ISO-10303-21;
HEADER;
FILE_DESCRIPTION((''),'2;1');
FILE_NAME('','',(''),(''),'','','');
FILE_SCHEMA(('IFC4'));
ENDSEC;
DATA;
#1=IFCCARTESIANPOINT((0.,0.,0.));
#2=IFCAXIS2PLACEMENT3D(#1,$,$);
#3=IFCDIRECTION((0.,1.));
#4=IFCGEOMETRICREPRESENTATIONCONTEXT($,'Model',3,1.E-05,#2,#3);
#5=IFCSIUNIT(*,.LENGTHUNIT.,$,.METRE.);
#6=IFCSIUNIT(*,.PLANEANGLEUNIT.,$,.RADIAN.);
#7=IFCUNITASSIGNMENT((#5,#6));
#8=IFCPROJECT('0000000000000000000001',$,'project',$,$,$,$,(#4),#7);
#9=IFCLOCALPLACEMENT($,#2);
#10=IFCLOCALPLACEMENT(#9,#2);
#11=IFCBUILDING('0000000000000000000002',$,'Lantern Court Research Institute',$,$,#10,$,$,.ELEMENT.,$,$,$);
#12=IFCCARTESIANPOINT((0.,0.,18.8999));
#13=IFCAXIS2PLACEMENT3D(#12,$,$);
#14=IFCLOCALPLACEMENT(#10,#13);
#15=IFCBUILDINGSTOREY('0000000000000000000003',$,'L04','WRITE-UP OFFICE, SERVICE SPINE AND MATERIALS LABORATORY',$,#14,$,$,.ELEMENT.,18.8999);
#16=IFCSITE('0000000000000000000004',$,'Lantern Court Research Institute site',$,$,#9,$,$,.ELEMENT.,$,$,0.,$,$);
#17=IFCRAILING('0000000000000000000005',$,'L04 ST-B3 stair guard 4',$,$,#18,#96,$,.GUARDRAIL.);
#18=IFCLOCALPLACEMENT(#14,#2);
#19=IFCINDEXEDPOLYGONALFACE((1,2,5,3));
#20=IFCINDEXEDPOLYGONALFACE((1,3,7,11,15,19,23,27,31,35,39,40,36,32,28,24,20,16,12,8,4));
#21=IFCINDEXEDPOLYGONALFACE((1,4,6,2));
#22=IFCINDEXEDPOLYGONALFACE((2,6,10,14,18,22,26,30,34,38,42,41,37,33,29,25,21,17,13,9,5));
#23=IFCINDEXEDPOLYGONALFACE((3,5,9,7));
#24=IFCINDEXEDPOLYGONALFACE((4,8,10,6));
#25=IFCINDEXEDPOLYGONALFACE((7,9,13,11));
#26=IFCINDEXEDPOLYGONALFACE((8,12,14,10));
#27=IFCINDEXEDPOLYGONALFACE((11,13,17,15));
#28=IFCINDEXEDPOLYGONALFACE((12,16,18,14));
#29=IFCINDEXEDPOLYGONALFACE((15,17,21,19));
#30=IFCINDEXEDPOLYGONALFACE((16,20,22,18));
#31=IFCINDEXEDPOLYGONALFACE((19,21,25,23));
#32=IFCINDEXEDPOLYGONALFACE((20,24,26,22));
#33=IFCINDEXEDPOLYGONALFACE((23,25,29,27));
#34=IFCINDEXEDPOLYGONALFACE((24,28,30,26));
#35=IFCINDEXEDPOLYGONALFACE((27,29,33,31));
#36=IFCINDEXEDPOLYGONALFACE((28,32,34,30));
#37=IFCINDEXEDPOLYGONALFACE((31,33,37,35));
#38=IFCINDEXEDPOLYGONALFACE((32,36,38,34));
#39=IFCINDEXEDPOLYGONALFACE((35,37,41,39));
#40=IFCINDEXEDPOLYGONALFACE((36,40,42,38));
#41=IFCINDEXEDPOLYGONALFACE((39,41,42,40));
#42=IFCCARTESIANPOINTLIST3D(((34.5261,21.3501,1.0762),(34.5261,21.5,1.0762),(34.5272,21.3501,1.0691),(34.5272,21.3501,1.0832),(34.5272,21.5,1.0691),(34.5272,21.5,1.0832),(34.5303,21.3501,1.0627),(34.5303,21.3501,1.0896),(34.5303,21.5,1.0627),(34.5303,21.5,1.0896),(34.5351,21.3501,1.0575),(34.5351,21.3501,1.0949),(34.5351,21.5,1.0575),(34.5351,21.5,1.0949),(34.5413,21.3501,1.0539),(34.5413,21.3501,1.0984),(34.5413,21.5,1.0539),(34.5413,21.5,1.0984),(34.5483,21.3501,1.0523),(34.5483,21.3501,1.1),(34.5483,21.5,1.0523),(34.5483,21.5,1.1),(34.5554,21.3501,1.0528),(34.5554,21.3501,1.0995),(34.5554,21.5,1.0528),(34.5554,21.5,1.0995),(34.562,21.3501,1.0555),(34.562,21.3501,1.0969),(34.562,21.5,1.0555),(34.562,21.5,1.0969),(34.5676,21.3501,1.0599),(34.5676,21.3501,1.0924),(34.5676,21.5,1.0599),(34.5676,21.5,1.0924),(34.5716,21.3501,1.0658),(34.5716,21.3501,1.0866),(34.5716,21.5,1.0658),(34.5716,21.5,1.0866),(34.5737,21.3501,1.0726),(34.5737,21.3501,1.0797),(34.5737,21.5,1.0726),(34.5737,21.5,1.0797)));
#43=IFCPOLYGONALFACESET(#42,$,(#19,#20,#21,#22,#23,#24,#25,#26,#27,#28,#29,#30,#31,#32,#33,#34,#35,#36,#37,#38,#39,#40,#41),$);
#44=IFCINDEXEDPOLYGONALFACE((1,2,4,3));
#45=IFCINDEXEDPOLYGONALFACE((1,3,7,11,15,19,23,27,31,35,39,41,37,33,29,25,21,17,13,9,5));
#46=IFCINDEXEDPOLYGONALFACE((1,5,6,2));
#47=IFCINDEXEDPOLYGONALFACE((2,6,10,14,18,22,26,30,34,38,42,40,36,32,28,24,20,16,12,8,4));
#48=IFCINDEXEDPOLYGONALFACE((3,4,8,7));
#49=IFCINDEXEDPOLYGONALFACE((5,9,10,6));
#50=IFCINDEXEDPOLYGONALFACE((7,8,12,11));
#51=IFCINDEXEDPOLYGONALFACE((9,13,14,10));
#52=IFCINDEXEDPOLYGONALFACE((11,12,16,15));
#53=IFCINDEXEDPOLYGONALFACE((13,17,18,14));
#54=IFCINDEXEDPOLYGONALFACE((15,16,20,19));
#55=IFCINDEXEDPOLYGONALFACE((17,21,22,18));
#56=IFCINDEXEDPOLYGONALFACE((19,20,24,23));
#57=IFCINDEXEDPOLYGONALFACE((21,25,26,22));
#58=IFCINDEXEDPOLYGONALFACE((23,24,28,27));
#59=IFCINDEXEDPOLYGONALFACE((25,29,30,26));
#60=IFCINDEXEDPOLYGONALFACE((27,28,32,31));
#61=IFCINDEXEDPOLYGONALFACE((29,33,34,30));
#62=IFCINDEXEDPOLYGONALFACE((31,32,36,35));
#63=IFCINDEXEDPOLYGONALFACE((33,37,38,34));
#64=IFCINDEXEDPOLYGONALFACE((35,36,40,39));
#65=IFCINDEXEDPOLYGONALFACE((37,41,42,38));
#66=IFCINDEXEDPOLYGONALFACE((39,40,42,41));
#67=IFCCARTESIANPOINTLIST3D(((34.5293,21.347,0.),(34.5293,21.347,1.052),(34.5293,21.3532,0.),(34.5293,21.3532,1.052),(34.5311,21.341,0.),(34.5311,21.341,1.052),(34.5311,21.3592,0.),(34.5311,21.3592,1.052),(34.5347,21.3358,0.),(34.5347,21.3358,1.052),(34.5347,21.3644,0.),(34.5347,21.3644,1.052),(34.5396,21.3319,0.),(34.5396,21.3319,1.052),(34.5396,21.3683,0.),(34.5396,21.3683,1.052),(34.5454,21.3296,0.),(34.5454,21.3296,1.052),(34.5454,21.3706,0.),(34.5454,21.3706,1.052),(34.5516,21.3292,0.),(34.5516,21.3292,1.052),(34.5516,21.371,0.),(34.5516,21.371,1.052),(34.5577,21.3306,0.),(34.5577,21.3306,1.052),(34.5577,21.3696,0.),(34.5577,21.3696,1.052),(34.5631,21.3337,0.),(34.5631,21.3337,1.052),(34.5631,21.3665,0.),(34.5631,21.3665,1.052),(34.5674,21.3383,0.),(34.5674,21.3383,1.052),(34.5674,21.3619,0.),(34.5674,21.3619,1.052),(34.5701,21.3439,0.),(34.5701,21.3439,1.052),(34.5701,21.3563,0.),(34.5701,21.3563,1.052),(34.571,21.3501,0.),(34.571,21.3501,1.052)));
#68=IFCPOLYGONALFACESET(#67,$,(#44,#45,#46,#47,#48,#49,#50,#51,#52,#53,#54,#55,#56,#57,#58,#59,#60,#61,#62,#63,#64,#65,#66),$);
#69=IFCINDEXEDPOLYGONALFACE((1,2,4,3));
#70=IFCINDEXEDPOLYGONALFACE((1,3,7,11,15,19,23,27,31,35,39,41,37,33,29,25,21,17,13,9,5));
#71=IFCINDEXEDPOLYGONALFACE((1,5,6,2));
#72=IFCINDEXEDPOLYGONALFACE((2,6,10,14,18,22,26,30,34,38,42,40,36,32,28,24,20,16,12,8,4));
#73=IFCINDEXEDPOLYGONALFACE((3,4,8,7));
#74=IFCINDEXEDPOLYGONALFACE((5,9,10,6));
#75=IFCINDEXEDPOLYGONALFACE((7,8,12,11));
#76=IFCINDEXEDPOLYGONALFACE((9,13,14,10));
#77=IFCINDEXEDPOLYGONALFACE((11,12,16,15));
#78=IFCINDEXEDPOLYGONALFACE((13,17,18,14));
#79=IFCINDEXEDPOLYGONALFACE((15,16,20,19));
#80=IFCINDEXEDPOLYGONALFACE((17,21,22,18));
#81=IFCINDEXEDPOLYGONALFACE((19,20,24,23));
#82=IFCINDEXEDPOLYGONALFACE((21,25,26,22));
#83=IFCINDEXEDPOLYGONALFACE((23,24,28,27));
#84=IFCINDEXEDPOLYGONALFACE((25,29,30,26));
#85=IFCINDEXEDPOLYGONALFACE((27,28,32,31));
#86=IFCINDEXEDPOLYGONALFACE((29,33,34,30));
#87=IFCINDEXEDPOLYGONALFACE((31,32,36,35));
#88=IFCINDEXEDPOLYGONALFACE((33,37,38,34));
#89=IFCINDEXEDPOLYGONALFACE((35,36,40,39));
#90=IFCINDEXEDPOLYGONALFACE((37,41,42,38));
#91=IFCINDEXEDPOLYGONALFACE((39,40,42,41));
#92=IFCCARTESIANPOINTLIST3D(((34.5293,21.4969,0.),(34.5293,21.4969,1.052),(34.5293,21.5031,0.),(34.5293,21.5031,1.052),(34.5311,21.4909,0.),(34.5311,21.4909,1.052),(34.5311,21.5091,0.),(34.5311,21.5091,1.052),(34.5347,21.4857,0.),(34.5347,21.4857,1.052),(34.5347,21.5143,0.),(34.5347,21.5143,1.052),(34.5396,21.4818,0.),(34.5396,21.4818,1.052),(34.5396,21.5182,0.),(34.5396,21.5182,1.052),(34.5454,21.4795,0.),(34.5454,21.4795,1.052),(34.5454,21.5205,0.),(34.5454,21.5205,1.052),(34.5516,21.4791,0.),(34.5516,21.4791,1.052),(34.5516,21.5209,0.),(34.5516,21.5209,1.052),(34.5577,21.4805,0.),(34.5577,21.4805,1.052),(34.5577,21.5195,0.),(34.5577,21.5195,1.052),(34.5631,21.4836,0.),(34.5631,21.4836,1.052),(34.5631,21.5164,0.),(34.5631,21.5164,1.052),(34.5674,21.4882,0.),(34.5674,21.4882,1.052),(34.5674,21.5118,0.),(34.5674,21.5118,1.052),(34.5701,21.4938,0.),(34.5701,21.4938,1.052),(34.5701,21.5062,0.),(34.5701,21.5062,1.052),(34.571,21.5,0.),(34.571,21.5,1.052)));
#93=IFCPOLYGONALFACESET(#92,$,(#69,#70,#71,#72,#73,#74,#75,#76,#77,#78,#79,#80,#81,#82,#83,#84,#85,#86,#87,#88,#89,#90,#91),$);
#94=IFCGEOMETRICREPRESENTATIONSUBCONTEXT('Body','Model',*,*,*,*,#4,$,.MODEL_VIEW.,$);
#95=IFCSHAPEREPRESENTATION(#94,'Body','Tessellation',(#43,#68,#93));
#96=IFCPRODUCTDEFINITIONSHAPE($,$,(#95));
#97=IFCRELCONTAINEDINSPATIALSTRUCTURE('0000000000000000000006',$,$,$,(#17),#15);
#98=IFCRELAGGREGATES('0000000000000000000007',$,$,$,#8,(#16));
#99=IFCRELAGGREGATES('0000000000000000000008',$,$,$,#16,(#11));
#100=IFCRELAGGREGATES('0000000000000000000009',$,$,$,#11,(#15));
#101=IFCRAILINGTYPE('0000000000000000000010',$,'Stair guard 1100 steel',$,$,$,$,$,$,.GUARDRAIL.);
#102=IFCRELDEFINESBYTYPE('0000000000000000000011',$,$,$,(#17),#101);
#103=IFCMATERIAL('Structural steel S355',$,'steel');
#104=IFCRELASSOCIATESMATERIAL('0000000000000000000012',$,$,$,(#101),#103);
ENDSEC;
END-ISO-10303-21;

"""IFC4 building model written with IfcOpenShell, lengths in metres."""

from ifc_helpers import new_model, si_unit, direction, frame, origin, origin_2d, place, context, subcontext, project, spatial, circle, extrude, material, type_object, element, save


model = new_model("IFC4")

# Units and contexts
model_context = context("Model", 3, precision=1e-05, world=origin(), true_north=direction((0.0, 1.0)))
body_context = subcontext(model_context, "Body", "Model", "MODEL_VIEW")
ifc_project = project(units=[si_unit("LENGTHUNIT", "METRE"), si_unit("PLANEANGLEUNIT", "RADIAN")], contexts=[model_context])

# Site, building, storey
site_placement = place(None, origin())
site = spatial("IfcSite", under=ifc_project, at=site_placement, Name="Lantern Court Research Institute site", CompositionType="ELEMENT", RefElevation=0.0)
building_placement = place(site_placement, origin())
building = spatial("IfcBuilding", under=site, at=building_placement, Name="Lantern Court Research Institute", CompositionType="ELEMENT")
storey_placement = place(building_placement, frame((0.0, 0.0, 18.8999)))
storey = spatial("IfcBuildingStorey", under=building, at=storey_placement, Name="L04", Description="WRITE-UP OFFICE, SERVICE SPINE AND MATERIALS LABORATORY", CompositionType="ELEMENT", Elevation=18.8999)

# Railing
ifc_material_1 = material(Name="Structural steel S355", Category="steel")
railing_type_1 = type_object("IfcRailingType", Name="Stair guard 1100 steel", PredefinedType="GUARDRAIL", material=ifc_material_1)
railing_1_placement = place(storey_placement, frame((34.55, 21.3501, 0.0)))
element("IfcRailing", 1, at=railing_1_placement, inside=storey, type_object=railing_type_1, Name="L04 ST-B3 stair guard 4", PredefinedType="GUARDRAIL", context=body_context, shape_type="SweptSolid", body=[
    extrude(circle(Radius=0.0239, at=origin_2d()), frame((0.0, 0.0, 1.0762), z_axis=(0.0, 1.0, 0.0), x_axis=(-1.0, 0.0, 0.0)), (0.0, 0.0, 1.0), 0.1499),
    extrude(circle(Radius=0.021, at=origin_2d()), origin(), (0.0, 0.0, 1.0), 1.052),
    extrude(circle(Radius=0.021, at=origin_2d()), frame((0.0, 0.1499, 0.0)), (0.0, 0.0, 1.0), 1.052),
])

save(model, "model.ifc")
